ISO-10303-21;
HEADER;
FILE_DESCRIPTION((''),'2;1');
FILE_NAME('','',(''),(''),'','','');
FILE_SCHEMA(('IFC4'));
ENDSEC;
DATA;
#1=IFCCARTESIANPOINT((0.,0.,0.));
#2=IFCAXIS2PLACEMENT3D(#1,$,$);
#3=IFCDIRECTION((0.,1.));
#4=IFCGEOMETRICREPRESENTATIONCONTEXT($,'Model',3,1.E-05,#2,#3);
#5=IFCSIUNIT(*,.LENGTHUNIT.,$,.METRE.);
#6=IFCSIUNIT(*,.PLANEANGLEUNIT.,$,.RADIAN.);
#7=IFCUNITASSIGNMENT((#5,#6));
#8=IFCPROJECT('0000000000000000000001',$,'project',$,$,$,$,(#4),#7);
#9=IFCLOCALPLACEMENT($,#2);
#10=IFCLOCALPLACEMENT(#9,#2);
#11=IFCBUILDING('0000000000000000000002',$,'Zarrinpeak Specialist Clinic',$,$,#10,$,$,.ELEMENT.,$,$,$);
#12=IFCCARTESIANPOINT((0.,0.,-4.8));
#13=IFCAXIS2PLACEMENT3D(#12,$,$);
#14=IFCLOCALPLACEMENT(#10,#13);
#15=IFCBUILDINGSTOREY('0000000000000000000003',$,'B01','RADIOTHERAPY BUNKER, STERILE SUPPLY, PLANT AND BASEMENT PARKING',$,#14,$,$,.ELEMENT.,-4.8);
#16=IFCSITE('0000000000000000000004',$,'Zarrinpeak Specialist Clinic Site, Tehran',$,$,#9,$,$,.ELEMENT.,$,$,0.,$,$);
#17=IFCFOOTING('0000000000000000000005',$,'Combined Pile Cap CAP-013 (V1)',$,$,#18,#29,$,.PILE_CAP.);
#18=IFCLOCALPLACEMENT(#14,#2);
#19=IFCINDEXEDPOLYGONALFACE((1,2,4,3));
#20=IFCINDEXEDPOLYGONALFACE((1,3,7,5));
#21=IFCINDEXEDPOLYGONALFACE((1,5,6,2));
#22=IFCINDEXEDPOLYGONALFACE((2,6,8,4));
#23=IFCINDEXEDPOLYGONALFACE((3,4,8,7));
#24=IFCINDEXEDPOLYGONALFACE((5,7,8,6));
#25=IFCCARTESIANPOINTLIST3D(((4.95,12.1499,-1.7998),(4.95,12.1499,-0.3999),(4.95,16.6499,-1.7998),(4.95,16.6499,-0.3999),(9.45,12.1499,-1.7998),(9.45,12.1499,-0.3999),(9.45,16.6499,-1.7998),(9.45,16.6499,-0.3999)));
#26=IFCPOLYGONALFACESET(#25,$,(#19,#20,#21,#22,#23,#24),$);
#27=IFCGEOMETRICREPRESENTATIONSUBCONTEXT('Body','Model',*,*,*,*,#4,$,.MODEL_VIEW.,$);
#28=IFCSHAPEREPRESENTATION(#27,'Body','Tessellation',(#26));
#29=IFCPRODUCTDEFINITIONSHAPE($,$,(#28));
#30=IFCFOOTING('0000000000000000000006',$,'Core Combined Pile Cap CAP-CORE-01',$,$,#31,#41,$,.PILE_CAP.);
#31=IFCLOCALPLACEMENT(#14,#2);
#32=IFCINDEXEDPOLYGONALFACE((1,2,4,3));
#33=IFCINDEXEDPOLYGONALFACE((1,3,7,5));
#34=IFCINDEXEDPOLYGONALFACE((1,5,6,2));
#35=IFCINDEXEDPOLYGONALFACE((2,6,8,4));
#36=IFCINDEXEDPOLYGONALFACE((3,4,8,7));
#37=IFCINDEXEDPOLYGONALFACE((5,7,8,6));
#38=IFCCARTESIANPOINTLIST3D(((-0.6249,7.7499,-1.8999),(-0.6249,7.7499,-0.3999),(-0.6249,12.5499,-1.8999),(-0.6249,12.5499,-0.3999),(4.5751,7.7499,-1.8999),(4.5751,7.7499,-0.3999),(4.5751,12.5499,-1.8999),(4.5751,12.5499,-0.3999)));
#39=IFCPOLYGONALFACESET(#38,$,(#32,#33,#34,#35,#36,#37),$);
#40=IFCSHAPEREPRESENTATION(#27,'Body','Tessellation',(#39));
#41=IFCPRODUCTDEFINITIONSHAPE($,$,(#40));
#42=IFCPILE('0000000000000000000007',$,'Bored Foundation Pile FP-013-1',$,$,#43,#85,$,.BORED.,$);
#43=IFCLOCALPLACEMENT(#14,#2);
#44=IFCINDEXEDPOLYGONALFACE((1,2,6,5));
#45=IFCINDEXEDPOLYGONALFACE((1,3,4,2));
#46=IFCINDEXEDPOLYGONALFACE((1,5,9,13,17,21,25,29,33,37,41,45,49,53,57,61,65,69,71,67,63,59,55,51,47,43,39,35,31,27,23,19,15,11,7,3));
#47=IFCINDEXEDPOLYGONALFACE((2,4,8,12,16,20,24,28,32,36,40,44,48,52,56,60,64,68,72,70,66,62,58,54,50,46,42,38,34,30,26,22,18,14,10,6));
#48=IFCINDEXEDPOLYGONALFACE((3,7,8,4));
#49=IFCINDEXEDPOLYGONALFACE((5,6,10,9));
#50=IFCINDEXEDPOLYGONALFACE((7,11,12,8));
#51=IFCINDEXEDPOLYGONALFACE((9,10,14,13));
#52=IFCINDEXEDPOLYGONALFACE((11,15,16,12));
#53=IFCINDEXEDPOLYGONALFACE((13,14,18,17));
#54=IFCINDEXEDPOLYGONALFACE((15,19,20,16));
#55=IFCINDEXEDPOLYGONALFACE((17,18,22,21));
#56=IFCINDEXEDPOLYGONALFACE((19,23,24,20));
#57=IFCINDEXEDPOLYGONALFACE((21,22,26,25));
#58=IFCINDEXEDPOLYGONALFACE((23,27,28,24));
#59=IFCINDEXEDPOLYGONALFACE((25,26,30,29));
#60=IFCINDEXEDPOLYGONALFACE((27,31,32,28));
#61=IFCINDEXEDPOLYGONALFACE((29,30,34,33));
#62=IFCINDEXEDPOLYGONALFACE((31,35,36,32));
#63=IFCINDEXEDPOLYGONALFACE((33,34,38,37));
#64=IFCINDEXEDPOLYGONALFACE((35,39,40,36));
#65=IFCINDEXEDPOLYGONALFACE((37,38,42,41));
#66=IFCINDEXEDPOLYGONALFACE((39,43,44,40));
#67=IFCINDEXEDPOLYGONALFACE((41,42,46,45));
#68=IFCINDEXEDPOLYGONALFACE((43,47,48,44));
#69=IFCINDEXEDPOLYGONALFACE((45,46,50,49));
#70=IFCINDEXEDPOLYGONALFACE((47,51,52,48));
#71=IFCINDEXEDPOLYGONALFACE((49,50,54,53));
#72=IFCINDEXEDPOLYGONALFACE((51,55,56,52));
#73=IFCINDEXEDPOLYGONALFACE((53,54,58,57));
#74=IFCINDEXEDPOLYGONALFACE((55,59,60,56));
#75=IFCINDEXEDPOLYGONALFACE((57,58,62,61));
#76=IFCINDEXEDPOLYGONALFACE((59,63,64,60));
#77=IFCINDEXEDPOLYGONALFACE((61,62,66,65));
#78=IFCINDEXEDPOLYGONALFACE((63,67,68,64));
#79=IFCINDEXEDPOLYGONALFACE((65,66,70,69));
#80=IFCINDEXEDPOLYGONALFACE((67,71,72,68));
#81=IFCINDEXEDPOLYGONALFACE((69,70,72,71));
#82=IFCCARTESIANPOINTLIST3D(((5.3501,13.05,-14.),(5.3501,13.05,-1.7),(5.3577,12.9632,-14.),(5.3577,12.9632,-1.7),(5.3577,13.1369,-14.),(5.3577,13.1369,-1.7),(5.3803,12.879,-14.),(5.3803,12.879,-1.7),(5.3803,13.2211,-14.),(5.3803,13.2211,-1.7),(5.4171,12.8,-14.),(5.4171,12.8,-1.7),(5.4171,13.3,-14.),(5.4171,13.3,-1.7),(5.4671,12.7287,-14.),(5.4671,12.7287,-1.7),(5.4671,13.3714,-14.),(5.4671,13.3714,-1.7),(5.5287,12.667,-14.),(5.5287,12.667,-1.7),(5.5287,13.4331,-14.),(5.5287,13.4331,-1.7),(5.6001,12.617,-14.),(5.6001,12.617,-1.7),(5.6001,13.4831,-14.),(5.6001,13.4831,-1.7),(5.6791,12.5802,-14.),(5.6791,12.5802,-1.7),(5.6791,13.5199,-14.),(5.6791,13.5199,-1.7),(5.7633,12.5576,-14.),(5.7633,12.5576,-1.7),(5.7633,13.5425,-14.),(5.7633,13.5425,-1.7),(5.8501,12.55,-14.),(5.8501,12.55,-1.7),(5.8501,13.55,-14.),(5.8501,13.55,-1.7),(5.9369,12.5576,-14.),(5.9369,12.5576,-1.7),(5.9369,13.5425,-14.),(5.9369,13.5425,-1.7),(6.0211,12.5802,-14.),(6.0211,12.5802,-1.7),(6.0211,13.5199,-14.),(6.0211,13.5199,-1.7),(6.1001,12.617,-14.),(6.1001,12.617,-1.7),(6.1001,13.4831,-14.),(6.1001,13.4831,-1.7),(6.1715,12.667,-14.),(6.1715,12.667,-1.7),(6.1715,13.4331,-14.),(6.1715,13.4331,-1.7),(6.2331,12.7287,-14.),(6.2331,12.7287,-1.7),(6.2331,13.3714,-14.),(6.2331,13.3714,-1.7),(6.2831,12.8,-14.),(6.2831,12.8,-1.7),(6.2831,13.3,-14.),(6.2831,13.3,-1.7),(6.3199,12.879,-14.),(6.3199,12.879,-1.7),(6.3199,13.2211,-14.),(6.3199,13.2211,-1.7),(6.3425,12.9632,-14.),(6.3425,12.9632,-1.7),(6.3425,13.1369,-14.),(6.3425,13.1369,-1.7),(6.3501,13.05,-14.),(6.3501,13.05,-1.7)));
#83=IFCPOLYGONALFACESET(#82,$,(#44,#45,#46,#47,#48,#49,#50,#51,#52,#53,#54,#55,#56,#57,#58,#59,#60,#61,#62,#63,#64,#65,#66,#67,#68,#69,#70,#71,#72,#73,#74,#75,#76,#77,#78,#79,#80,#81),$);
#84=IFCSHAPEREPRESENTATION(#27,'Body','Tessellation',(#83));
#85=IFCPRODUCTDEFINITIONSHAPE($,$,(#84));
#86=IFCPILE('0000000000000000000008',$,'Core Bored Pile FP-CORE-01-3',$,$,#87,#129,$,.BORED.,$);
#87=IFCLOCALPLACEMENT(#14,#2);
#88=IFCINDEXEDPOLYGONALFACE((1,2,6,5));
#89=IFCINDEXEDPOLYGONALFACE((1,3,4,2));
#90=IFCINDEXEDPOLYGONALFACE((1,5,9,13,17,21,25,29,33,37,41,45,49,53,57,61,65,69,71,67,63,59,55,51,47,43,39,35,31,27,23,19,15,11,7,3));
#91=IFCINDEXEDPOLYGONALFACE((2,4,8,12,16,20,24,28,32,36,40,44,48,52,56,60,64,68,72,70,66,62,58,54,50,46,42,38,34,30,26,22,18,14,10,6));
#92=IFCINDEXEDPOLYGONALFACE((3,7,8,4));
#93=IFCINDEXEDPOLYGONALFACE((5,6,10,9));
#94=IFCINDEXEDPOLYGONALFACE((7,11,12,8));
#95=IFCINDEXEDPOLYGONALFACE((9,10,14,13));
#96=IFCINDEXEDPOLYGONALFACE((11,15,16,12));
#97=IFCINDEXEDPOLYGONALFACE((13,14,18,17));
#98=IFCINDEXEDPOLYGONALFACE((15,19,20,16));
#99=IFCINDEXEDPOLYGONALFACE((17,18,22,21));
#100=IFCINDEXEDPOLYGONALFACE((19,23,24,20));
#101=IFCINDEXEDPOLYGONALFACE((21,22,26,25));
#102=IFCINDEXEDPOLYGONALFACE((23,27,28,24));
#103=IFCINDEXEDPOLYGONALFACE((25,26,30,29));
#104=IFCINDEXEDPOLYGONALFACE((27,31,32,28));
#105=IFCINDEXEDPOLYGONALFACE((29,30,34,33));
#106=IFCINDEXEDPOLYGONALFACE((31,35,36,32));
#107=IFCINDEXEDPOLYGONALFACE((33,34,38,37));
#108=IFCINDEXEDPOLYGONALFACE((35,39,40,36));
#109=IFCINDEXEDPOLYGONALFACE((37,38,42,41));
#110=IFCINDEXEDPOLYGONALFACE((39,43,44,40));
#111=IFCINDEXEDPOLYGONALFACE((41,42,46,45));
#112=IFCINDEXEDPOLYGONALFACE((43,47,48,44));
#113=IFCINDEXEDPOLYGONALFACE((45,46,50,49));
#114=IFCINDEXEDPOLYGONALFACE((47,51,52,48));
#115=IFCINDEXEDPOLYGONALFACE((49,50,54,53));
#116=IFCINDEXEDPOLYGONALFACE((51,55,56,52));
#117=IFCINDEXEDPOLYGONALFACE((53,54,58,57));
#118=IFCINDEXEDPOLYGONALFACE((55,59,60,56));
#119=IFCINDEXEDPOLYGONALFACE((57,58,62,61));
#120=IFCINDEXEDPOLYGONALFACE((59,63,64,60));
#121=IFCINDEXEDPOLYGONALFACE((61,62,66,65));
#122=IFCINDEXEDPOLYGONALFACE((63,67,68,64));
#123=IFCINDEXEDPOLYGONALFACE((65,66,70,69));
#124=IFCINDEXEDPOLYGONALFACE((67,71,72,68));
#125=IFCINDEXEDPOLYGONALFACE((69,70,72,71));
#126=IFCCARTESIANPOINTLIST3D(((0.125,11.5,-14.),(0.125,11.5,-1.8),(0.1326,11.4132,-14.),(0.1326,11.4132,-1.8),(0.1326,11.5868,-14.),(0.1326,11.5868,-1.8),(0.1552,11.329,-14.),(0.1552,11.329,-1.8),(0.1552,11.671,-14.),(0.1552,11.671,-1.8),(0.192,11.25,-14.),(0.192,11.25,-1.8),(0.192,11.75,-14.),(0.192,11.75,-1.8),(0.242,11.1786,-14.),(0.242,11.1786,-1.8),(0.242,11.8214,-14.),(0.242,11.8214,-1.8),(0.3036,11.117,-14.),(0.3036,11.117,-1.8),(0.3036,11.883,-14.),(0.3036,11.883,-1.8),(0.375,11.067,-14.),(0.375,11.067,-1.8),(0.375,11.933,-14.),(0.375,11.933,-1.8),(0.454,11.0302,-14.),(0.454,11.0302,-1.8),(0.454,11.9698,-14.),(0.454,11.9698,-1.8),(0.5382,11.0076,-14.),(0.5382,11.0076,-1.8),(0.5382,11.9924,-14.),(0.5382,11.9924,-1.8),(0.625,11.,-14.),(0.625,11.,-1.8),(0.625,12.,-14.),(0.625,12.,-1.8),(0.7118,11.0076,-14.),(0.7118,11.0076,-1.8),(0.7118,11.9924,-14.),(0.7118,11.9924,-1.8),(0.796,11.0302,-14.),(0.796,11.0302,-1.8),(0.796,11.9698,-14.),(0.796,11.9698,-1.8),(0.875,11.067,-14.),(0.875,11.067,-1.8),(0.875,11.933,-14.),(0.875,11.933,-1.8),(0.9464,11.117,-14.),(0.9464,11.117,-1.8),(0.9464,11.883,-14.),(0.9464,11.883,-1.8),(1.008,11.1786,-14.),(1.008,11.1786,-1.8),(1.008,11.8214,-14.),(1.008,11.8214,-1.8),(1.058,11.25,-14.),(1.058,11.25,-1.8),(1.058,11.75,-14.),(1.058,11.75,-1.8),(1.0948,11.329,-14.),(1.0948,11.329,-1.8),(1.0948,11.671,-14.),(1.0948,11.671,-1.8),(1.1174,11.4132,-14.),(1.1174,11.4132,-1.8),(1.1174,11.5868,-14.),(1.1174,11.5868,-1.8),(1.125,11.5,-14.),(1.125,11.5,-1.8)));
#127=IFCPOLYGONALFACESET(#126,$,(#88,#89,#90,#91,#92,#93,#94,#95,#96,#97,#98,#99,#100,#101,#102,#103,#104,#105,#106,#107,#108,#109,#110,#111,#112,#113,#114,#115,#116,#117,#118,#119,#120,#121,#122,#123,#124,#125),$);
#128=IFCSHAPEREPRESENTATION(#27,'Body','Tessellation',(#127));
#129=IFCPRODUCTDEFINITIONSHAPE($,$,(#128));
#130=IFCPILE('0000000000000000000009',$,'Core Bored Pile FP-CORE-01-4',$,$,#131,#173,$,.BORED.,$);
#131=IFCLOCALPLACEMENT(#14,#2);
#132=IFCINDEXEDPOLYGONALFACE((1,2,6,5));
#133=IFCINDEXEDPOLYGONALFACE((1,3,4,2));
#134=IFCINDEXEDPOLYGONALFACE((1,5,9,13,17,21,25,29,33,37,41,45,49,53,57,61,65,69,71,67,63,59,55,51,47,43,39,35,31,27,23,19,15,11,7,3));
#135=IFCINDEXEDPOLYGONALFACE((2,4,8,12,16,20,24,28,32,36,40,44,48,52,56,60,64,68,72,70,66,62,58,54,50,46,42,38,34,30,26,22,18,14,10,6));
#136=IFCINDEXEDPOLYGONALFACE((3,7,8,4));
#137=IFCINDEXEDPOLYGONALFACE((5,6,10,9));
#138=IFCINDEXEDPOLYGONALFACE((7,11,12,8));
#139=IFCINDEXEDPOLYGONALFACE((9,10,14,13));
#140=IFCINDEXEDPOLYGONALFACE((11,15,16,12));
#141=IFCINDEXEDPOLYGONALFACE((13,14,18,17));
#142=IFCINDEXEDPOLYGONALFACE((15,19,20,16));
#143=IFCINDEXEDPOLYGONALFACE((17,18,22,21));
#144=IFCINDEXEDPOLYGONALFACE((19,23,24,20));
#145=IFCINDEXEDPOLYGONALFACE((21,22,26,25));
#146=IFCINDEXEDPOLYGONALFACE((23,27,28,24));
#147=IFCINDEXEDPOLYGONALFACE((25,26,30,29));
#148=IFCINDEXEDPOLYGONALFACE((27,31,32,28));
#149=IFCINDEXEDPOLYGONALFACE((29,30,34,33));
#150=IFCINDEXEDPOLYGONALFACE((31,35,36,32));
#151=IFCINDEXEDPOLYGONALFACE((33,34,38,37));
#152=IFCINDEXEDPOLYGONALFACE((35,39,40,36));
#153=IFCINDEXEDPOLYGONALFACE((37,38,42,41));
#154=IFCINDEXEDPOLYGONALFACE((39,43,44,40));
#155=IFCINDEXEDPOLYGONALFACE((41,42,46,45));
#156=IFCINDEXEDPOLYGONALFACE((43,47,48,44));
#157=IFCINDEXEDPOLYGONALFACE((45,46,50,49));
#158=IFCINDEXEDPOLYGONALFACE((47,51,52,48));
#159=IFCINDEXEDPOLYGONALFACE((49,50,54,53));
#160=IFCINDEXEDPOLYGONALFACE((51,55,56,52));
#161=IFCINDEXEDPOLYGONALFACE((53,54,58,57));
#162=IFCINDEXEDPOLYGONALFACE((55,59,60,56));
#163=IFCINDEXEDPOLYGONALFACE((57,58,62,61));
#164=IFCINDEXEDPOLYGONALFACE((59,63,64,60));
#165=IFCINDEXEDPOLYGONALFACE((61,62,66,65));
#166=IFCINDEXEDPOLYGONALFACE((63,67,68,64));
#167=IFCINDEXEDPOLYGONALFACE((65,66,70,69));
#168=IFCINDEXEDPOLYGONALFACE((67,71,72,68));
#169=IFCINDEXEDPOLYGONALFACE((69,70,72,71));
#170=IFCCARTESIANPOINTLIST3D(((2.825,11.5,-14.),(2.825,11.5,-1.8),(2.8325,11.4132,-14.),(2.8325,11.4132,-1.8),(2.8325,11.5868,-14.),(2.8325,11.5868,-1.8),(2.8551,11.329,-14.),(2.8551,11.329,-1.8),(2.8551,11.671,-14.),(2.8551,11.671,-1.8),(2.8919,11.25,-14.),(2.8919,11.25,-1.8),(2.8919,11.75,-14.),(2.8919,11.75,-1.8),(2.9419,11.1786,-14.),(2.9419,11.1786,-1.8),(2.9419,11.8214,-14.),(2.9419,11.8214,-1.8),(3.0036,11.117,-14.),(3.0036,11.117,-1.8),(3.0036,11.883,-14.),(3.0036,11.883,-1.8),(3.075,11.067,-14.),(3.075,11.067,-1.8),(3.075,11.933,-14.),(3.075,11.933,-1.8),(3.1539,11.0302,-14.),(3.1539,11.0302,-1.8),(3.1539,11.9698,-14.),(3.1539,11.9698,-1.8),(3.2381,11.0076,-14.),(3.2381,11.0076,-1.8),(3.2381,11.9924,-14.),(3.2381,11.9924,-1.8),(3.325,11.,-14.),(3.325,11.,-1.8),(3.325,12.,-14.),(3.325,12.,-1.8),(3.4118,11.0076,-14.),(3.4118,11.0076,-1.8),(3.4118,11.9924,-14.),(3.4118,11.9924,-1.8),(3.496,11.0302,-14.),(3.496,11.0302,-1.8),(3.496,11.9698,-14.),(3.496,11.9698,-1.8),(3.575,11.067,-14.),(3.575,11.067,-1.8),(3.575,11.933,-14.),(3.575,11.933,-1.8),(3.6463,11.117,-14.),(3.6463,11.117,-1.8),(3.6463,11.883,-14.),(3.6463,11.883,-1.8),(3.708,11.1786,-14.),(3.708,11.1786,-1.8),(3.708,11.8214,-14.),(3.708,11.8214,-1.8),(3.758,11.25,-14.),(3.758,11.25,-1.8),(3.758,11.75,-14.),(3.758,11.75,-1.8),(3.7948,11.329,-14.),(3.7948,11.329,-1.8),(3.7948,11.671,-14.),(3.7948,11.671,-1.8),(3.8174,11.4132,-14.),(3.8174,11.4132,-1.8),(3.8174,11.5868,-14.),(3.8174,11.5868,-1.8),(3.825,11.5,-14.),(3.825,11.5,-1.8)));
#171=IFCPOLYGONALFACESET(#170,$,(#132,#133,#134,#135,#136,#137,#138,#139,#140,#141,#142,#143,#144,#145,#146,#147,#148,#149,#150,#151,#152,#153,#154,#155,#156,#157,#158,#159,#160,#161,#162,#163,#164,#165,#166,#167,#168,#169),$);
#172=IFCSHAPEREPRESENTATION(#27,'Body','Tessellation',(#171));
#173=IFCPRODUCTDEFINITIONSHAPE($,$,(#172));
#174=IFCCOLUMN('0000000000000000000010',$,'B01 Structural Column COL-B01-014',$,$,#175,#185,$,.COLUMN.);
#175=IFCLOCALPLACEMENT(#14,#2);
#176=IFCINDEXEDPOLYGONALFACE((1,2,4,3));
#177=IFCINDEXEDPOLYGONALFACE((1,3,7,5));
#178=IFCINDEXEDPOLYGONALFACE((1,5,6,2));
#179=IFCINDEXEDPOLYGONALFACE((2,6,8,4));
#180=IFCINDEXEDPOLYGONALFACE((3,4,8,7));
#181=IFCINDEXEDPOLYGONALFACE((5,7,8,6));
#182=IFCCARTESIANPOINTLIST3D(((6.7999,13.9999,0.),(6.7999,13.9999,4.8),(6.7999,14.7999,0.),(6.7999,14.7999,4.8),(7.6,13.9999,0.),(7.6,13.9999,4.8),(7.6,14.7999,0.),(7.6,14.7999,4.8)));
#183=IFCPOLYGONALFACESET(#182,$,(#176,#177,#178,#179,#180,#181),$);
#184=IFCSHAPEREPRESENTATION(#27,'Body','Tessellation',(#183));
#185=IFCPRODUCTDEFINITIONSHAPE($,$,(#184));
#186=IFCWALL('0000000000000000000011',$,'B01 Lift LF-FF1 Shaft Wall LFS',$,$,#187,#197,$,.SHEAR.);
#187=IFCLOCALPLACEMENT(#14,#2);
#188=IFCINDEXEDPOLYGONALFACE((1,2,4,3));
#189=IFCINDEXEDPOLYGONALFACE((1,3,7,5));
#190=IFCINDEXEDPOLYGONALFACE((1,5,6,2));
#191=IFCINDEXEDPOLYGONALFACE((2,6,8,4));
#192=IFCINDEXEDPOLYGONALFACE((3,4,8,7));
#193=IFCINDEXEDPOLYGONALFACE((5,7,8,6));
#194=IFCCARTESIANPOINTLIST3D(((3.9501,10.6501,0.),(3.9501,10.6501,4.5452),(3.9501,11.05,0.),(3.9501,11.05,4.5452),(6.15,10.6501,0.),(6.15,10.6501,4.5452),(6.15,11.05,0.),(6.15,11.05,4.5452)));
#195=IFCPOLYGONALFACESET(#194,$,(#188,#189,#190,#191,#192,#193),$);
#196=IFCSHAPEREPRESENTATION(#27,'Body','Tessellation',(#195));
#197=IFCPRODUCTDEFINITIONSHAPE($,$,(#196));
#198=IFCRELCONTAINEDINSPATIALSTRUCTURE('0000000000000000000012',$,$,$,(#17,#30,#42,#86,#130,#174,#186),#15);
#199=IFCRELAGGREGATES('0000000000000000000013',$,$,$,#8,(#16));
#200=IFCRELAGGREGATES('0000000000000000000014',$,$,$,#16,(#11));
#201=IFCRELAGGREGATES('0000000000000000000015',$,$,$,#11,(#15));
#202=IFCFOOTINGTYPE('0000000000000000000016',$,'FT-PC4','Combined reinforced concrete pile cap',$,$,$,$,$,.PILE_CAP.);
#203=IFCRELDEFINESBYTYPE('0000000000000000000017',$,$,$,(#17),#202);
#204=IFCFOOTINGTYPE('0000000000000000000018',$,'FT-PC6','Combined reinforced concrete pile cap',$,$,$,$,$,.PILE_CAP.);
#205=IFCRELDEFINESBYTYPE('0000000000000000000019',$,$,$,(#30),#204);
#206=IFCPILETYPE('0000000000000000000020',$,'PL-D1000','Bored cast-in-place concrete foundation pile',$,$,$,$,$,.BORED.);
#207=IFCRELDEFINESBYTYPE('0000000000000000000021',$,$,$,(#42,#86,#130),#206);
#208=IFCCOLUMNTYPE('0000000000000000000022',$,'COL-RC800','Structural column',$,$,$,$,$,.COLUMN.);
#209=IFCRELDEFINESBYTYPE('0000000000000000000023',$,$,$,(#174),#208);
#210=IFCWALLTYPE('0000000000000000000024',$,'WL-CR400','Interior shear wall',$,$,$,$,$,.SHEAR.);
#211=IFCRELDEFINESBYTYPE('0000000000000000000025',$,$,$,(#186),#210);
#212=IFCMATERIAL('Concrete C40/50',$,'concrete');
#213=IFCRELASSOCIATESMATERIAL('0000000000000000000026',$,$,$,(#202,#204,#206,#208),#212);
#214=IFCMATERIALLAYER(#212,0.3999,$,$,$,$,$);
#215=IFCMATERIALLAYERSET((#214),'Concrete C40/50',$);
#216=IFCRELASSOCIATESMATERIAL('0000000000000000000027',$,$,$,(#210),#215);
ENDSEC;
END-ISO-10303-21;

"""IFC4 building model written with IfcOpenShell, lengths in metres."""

from ifc_helpers import new_model, si_unit, direction, frame, frame_2d, origin, origin_2d, place, context, subcontext, project, spatial, rectangle, circle, extrude, material, layer, layer_set, material_profile, profile_set, type_object, element, save


model = new_model("IFC4")

# Units and contexts
model_context = context("Model", 3, precision=1e-05, world=origin(), true_north=direction((0.0, 1.0)))
body_context = subcontext(model_context, "Body", "Model", "MODEL_VIEW")
ifc_project = project(units=[si_unit("LENGTHUNIT", "METRE"), si_unit("PLANEANGLEUNIT", "RADIAN")], contexts=[model_context])

# Site, building, storey
site_placement = place(None, origin())
site = spatial("IfcSite", under=ifc_project, at=site_placement, Name="Zarrinpeak Specialist Clinic Site, Tehran", CompositionType="ELEMENT", RefElevation=0.0)
building_placement = place(site_placement, origin())
building = spatial("IfcBuilding", under=site, at=building_placement, Name="Zarrinpeak Specialist Clinic", CompositionType="ELEMENT")
storey_placement = place(building_placement, frame((0.0, 0.0, -4.8)))
storey = spatial("IfcBuildingStorey", under=building, at=storey_placement, Name="B01", Description="RADIOTHERAPY BUNKER, STERILE SUPPLY, PLANT AND BASEMENT PARKING", CompositionType="ELEMENT", Elevation=-4.8)

# Footings
ifc_material_1 = material(Name="Concrete C40/50", Category="concrete")
footing_type_1 = type_object("IfcFootingType", Name="FT-PC4", Description="Combined reinforced concrete pile cap", PredefinedType="PILE_CAP", material=ifc_material_1)
footing_1_placement = place(storey_placement, frame((7.2, 14.3999, -1.7998), z_axis=(0.0, 0.0, 1.0), x_axis=(1.0, 0.0, 0.0)))
element("IfcFooting", 1, at=footing_1_placement, inside=storey, type_object=footing_type_1, Name="Combined Pile Cap CAP-013 (V1)", PredefinedType="PILE_CAP", context=body_context, shape_type="SweptSolid", body=[
    extrude(rectangle(XDim=4.5, YDim=4.5, at=origin_2d()), origin(), (0.0, 0.0, 1.0), 1.3999),
])
footing_type_2 = type_object("IfcFootingType", Name="FT-PC6", Description="Combined reinforced concrete pile cap", PredefinedType="PILE_CAP", material=ifc_material_1)
footing_2_placement = place(storey_placement, frame((1.9751, 10.1499, -1.8999), z_axis=(0.0, 0.0, 1.0), x_axis=(1.0, 0.0, 0.0)))
element("IfcFooting", 2, at=footing_2_placement, inside=storey, type_object=footing_type_2, Name="Core Combined Pile Cap CAP-CORE-01", PredefinedType="PILE_CAP", context=body_context, shape_type="SweptSolid", body=[
    extrude(rectangle(XDim=5.2, YDim=4.8, at=origin_2d()), origin(), (0.0, 0.0, 1.0), 1.5),
])

# Piles
ifc_material_profile_1 = material_profile(ifc_material_1, circle(Radius=0.5, at=origin_2d()), Name="BORED PILE D1000")
ifc_profile_set_1 = profile_set([ifc_material_profile_1], Name="Concrete C40/50")
pile_type = type_object("IfcPileType", Name="PL-D1000", Description="Bored cast-in-place concrete foundation pile", PredefinedType="BORED", material=ifc_profile_set_1)
pile_placement = place(storey_placement, frame((5.8501, 13.05, -1.7), z_axis=(0.0, 0.0, -1.0), x_axis=(1.0, 0.0, 0.0)))
element("IfcPile", 3, at=pile_placement, inside=storey, type_object=pile_type, Name="Bored Foundation Pile FP-013-1", PredefinedType="BORED", context=body_context, shape_type="SweptSolid", body=[
    extrude(circle(Radius=0.5, at=origin_2d()), origin(), (0.0, 0.0, 1.0), 12.3),
])
for number, where, z_axis, x_axis, name in (
    (4, (0.625, 11.5, -1.8), (0.0, 0.0, -1.0), (1.0, 0.0, 0.0), "Core Bored Pile FP-CORE-01-3"),
    (5, (3.325, 11.5, -1.8), (0.0, 0.0, -1.0), (1.0, 0.0, 0.0), "Core Bored Pile FP-CORE-01-4"),
):
    element("IfcPile", number, at=place(storey_placement, frame(where, z_axis=z_axis, x_axis=x_axis)), inside=storey, type_object=pile_type, Name=name, PredefinedType="BORED", context=body_context, shape_type="SweptSolid", body=[
        extrude(circle(Radius=0.5, at=origin_2d()), origin(), (0.0, 0.0, 1.0), 12.2),
    ])

# Column
ifc_material_profile_2 = material_profile(ifc_material_1, rectangle(XDim=0.8, YDim=0.8, at=origin_2d()), Name="RC 800x800")
ifc_profile_set_2 = profile_set([ifc_material_profile_2], Name="Concrete C40/50")
column_type = type_object("IfcColumnType", Name="COL-RC800", Description="Structural column", PredefinedType="COLUMN", material=ifc_profile_set_2)
column_placement = place(storey_placement, frame((7.2, 14.3999, 0.0), z_axis=(0.0, 0.0, 1.0), x_axis=(1.0, 0.0, 0.0)))
element("IfcColumn", 6, at=column_placement, inside=storey, type_object=column_type, Name="B01 Structural Column COL-B01-014", PredefinedType="COLUMN", context=body_context, shape_type="SweptSolid", body=[
    extrude(rectangle(XDim=0.8, YDim=0.8, at=origin_2d()), origin(), (0.0, 0.0, 1.0), 4.8),
])

# Shared definitions
ifc_layer_1 = layer(ifc_material_1, 0.3999)
ifc_layer_set_1 = layer_set([ifc_layer_1], Name="Concrete C40/50")
wall_type_1 = type_object("IfcWallType", Name="WL-CR400", Description="Interior shear wall", PredefinedType="SHEAR", material=ifc_layer_set_1)

# Wall
wall_1_placement = place(storey_placement, frame((3.95, 10.8501, 0.0), z_axis=(0.0, 0.0, 1.0), x_axis=(1.0, 0.0, 0.0)))
element("IfcWall", 7, at=wall_1_placement, inside=storey, type_object=wall_type_1, Name="B01 Lift LF-FF1 Shaft Wall LFS", PredefinedType="SHEAR", context=body_context, shape_type="SweptSolid", body=[
    extrude(rectangle(XDim=2.2, YDim=0.3999, at=frame_2d((1.1001, 0.0))), origin(), (0.0, 0.0, 1.0), 4.5452),
])

save(model, "model.ifc")
